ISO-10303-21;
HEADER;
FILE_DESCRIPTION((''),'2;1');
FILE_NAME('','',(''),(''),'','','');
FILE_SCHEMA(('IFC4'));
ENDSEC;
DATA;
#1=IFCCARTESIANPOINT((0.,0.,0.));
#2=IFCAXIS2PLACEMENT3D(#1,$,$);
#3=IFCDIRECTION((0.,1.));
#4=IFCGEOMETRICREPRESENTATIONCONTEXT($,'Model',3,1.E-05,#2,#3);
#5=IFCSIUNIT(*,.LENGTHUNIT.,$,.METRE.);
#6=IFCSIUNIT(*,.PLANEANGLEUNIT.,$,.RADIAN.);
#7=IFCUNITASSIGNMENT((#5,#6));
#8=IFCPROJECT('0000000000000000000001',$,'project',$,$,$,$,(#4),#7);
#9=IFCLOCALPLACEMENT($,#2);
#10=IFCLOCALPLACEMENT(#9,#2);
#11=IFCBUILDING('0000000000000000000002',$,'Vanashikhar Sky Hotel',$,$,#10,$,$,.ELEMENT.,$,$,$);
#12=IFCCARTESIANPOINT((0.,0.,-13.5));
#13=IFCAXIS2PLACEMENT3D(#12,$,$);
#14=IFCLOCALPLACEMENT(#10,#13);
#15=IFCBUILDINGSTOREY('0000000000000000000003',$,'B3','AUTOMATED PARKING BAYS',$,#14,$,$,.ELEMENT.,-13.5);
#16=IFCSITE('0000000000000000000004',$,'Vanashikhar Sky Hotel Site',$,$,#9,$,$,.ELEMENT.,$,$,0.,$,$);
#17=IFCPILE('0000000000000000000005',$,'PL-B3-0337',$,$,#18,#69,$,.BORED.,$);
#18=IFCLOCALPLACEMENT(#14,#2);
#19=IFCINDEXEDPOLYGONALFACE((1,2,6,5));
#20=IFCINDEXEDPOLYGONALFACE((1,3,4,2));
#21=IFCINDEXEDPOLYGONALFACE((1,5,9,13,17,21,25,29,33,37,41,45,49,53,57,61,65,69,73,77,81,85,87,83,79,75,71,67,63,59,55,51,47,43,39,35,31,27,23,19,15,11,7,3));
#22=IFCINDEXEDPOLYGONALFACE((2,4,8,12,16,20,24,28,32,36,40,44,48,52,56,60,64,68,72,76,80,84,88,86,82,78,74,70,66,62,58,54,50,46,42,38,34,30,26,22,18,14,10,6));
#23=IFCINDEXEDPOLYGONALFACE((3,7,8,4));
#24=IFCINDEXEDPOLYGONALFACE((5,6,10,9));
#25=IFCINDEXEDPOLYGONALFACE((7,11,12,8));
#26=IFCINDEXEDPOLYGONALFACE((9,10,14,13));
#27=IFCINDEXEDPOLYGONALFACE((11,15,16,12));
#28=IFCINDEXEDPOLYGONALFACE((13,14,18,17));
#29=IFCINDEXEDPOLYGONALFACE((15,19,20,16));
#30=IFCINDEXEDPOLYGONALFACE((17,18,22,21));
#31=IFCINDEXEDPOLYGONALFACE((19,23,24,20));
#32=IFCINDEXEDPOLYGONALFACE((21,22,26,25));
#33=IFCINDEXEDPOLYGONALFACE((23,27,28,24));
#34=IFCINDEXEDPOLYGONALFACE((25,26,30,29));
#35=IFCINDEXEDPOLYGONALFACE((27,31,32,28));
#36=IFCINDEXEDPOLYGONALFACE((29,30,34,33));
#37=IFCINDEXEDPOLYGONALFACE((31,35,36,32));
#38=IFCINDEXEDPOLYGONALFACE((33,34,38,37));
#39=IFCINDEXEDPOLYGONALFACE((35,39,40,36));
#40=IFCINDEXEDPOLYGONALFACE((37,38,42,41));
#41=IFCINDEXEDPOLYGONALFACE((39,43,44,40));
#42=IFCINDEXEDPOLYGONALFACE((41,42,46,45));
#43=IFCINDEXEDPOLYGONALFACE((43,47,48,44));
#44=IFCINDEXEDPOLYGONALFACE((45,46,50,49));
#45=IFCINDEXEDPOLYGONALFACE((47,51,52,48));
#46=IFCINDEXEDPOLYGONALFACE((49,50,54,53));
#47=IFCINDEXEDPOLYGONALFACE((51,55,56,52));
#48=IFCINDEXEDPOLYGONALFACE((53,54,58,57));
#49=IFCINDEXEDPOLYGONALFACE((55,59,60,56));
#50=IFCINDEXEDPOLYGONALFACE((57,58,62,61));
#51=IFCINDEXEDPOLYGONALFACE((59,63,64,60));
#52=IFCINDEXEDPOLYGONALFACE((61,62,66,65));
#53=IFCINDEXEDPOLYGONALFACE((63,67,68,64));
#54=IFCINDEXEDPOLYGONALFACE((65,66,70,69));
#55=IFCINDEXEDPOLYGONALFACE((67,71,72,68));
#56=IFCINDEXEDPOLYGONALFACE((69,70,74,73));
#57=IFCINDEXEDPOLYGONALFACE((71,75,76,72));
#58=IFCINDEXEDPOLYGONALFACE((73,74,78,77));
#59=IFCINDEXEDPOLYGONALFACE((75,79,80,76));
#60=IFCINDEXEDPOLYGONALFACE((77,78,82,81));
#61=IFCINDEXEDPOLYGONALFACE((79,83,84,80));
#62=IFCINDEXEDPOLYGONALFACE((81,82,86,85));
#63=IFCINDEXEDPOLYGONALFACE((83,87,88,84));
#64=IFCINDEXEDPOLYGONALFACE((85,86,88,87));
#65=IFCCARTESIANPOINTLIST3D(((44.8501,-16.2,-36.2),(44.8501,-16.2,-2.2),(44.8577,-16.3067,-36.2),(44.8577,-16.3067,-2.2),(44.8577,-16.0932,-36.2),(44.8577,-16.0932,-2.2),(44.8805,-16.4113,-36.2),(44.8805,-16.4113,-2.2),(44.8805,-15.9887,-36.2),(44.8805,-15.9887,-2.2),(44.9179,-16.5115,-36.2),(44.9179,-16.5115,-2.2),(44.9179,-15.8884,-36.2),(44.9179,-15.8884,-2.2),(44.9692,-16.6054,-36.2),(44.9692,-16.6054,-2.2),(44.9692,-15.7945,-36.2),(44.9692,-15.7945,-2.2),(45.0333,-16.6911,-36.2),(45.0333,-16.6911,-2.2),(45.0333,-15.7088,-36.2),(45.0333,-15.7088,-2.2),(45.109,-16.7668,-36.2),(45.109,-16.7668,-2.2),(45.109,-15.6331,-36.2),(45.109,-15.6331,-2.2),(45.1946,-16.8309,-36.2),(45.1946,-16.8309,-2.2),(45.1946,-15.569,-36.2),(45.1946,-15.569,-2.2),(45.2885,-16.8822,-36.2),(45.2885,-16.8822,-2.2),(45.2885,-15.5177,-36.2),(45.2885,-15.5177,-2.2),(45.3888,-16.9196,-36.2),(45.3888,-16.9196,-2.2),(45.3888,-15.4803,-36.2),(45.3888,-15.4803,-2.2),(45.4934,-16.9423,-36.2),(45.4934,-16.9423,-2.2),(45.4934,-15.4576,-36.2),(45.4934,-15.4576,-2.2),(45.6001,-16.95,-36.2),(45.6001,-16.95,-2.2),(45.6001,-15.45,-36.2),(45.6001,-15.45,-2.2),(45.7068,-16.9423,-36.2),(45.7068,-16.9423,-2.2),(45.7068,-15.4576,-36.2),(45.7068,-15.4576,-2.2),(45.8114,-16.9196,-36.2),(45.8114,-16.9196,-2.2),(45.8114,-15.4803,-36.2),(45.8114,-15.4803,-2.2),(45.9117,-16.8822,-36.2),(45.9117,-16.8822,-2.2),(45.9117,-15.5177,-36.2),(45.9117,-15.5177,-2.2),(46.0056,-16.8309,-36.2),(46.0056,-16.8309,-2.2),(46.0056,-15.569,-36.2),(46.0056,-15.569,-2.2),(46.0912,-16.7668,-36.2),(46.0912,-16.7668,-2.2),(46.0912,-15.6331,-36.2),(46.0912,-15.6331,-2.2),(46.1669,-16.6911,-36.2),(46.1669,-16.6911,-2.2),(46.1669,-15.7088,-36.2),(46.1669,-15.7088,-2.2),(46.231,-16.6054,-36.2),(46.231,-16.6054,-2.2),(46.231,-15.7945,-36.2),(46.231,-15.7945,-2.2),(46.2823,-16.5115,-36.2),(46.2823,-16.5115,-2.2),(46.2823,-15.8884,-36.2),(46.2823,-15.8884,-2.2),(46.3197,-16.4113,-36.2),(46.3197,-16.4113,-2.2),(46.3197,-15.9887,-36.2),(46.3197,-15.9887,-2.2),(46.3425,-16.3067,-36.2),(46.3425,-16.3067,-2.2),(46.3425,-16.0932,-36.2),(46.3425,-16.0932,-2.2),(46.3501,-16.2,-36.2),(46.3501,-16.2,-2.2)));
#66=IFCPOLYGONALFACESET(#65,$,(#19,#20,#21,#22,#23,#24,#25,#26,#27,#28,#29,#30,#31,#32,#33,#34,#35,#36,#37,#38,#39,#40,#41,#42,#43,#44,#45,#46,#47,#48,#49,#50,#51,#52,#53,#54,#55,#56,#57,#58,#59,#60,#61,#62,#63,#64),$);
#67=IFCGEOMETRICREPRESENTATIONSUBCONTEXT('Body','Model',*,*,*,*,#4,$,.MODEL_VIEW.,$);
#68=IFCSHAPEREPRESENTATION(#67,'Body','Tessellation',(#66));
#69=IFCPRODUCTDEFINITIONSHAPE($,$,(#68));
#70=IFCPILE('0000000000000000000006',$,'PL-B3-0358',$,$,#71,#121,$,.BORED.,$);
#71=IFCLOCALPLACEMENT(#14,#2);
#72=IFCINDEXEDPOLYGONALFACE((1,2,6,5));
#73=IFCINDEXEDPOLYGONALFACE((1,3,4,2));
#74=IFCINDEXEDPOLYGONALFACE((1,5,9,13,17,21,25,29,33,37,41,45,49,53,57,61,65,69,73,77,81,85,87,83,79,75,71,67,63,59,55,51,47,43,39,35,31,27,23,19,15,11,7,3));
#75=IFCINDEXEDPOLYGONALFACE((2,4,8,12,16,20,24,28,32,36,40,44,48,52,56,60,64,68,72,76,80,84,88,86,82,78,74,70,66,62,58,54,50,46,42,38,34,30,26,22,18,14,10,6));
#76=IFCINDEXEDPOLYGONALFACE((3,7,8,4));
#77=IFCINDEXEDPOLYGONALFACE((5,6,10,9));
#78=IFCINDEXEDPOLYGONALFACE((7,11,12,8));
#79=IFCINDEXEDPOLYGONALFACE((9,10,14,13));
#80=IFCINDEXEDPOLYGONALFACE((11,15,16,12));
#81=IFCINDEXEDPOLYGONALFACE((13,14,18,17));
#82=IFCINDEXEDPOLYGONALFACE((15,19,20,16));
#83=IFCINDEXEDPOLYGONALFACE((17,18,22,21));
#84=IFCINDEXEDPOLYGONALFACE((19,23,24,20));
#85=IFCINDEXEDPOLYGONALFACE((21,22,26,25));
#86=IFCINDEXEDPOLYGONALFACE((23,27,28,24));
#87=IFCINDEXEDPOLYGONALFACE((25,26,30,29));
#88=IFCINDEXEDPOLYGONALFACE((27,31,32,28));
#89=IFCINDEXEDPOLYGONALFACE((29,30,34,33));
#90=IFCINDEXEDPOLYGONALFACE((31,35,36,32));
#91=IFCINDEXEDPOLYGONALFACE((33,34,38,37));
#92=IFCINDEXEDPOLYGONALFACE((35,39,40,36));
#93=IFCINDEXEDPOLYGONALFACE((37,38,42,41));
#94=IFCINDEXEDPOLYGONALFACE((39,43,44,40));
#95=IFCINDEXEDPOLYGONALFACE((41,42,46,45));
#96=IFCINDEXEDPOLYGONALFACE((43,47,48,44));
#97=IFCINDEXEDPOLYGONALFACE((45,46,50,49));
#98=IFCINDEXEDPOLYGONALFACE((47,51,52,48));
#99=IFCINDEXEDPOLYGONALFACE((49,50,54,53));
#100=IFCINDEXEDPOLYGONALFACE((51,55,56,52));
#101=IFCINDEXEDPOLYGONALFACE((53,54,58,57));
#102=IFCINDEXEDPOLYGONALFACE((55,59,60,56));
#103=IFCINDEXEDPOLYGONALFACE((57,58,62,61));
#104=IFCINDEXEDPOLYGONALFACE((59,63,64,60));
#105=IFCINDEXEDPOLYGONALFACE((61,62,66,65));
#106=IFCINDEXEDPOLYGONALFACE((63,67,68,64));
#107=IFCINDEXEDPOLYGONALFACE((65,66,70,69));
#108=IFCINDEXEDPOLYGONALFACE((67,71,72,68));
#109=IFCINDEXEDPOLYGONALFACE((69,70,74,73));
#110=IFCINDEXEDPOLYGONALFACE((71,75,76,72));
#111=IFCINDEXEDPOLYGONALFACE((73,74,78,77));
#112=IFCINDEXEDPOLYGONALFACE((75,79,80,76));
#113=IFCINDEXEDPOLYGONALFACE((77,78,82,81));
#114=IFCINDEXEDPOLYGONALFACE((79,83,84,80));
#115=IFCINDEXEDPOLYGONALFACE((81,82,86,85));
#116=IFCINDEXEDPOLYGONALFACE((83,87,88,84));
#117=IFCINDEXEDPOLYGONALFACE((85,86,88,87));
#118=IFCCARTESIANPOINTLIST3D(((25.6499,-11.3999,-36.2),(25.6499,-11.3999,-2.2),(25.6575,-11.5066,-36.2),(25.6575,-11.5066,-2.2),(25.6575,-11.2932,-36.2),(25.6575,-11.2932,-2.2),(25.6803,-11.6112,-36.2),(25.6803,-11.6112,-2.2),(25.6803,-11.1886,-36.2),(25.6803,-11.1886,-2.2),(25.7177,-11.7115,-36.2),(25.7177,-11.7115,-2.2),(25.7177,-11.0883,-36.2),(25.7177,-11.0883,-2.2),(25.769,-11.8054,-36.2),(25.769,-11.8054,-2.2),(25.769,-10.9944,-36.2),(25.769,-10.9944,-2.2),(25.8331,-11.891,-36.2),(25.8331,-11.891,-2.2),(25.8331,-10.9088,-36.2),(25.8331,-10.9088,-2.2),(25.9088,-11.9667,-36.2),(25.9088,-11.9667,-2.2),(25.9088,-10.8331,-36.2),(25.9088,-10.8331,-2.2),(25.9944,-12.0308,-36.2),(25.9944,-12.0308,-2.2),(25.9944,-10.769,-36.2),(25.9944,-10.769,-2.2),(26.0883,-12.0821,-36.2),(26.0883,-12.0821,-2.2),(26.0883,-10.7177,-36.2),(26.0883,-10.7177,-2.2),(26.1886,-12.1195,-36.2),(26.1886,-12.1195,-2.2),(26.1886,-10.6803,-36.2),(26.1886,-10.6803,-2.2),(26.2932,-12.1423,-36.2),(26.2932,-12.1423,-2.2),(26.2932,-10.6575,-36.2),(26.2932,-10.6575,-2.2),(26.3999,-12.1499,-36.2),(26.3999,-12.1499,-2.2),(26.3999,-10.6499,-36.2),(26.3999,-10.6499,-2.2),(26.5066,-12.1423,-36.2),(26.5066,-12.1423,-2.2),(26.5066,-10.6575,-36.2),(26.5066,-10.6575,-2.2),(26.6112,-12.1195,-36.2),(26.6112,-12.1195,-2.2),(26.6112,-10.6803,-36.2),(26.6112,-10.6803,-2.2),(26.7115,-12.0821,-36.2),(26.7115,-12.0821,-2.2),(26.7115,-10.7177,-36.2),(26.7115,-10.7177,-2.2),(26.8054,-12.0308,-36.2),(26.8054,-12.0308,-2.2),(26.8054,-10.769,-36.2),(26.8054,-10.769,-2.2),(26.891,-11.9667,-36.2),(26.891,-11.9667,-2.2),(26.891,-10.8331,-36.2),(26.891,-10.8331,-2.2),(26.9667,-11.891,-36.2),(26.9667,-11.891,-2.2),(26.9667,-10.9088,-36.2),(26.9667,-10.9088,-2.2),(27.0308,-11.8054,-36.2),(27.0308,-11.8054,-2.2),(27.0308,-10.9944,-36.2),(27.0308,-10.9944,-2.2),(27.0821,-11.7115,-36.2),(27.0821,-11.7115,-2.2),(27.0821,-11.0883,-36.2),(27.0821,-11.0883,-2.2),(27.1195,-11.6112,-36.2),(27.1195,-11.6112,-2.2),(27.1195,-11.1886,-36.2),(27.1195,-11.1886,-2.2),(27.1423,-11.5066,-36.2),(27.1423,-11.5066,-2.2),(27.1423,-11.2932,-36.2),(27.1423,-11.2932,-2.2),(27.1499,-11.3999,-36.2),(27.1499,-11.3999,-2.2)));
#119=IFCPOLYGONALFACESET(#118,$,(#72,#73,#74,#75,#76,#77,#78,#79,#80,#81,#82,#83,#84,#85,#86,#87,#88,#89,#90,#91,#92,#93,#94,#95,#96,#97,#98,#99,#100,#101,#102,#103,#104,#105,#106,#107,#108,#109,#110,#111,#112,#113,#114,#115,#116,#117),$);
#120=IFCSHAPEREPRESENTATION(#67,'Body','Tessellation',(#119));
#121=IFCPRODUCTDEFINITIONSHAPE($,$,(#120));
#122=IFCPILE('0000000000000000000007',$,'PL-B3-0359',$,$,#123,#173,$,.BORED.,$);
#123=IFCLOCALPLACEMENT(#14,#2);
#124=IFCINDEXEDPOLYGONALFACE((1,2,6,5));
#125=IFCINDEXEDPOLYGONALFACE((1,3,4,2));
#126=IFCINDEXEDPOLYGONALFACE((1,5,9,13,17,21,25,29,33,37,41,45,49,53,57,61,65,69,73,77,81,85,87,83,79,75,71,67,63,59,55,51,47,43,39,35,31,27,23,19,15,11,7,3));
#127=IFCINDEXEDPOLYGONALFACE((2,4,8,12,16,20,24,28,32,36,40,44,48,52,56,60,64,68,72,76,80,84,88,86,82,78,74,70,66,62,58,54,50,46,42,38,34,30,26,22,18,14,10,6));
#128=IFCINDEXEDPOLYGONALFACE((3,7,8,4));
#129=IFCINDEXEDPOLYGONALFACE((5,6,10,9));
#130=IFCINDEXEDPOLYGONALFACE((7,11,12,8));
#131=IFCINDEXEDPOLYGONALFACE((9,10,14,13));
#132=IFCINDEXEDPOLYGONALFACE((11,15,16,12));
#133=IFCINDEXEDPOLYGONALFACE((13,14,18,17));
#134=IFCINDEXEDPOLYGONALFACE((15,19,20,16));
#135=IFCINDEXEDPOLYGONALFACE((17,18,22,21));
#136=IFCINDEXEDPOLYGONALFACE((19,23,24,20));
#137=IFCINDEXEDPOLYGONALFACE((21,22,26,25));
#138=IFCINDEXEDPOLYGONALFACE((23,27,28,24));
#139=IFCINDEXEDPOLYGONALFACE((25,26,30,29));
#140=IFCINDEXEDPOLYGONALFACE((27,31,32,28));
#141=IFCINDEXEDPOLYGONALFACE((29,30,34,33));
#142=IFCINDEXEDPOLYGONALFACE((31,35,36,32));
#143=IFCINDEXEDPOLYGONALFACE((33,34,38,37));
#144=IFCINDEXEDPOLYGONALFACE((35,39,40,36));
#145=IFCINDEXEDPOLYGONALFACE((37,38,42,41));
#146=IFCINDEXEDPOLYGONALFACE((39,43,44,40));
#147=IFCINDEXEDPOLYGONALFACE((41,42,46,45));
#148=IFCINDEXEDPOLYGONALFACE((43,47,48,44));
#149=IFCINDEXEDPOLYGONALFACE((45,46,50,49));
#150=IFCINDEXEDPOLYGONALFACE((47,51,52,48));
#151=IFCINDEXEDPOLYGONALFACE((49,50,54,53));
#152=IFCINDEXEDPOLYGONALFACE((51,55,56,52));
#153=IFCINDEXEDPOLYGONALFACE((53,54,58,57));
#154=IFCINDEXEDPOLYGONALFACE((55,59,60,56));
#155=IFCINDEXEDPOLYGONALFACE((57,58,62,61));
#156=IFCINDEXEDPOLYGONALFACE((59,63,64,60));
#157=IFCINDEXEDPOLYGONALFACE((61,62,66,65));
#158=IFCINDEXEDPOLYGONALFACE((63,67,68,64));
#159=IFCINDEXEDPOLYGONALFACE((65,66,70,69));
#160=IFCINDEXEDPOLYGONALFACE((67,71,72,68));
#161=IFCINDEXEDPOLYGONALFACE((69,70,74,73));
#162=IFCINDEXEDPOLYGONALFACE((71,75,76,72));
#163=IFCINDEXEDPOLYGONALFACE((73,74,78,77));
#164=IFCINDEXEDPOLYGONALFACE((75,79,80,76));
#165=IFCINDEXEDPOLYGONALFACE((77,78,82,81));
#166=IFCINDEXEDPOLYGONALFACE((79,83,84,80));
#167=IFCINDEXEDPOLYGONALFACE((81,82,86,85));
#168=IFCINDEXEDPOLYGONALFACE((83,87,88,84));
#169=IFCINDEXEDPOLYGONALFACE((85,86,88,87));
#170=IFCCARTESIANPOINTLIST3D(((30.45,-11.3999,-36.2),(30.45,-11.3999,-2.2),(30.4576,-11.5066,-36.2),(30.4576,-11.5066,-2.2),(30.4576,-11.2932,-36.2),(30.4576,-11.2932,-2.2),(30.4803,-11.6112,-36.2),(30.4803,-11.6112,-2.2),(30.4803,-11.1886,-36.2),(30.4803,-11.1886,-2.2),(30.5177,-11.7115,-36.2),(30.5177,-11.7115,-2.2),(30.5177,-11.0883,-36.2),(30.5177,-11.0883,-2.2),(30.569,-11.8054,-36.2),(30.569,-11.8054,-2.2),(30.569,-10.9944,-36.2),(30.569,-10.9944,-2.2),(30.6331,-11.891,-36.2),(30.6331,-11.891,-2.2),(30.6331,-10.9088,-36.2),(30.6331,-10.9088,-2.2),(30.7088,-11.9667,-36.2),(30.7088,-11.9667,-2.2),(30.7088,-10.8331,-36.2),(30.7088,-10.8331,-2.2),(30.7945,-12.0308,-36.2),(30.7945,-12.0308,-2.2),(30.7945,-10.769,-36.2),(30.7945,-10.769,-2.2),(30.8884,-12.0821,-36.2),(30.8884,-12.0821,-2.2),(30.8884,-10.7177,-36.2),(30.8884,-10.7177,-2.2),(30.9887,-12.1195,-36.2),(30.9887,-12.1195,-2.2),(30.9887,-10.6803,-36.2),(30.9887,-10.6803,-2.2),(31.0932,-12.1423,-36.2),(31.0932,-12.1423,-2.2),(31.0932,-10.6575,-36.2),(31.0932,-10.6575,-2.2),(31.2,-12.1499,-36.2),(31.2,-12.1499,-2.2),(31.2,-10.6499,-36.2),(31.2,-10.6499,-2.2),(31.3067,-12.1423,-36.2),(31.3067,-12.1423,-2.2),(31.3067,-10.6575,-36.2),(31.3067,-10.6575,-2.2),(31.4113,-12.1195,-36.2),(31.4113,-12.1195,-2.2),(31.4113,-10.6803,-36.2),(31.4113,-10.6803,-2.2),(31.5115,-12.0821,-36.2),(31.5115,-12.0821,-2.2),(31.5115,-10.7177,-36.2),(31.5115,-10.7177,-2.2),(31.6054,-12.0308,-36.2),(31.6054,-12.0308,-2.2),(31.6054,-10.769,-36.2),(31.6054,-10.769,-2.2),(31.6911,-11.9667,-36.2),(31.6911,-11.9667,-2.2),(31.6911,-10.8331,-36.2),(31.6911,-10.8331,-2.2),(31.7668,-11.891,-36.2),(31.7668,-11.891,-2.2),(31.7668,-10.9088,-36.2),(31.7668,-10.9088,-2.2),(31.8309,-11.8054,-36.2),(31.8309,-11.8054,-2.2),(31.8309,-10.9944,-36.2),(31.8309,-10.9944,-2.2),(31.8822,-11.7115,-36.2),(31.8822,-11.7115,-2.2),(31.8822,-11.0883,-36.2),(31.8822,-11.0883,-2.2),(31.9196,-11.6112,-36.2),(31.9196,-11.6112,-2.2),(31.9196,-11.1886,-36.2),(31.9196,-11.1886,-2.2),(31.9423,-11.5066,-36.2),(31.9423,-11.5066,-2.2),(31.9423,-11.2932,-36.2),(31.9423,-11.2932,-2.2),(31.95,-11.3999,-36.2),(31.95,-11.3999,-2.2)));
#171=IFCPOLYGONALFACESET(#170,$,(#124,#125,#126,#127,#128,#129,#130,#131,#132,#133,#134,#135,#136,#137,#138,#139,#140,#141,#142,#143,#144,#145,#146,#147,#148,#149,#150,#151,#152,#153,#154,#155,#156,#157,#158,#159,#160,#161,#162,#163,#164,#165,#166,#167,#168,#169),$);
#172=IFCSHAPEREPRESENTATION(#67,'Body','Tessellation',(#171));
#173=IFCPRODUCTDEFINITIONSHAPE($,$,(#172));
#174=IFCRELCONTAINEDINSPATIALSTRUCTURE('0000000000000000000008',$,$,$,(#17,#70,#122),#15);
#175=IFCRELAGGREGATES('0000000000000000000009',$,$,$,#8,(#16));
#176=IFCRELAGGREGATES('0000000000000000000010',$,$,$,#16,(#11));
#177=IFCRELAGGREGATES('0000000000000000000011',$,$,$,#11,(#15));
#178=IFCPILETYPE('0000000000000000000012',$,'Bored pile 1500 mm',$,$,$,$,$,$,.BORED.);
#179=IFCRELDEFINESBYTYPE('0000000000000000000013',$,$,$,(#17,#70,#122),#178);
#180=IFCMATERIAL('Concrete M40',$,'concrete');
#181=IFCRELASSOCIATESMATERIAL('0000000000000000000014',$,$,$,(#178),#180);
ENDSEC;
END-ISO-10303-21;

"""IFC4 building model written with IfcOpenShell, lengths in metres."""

from ifc_helpers import new_model, si_unit, direction, frame, origin, origin_2d, place, context, subcontext, project, spatial, circle, extrude, source, transform, mapped, material, type_object, element, save


model = new_model("IFC4")

# Units and contexts
model_context = context("Model", 3, precision=1e-05, world=origin(), true_north=direction((0.0, 1.0)))
body_context = subcontext(model_context, "Body", "Model", "MODEL_VIEW")
ifc_project = project(units=[si_unit("LENGTHUNIT", "METRE"), si_unit("PLANEANGLEUNIT", "RADIAN")], contexts=[model_context])

# Site, building, storey
site_placement = place(None, origin())
site = spatial("IfcSite", under=ifc_project, at=site_placement, Name="Vanashikhar Sky Hotel Site", CompositionType="ELEMENT", RefElevation=0.0)
building_placement = place(site_placement, origin())
building = spatial("IfcBuilding", under=site, at=building_placement, Name="Vanashikhar Sky Hotel", CompositionType="ELEMENT")
storey_placement = place(building_placement, frame((0.0, 0.0, -13.5)))
storey = spatial("IfcBuildingStorey", under=building, at=storey_placement, Name="B3", Description="AUTOMATED PARKING BAYS", CompositionType="ELEMENT", Elevation=-13.5)

# Piles
ifc_material_1 = material(Name="Concrete M40", Category="concrete")
pile_type_1 = type_object("IfcPileType", Name="Bored pile 1500 mm", PredefinedType="BORED", material=ifc_material_1)
shared_shape_1 = source(origin(), body_context, "Body", "SweptSolid", [
    extrude(circle(Radius=0.75, at=origin_2d()), origin(), (0.0, 0.0, 1.0), 34.0),
])
for number, where, z_axis, x_axis, name in (
    (1, (45.6001, -16.2, -2.2), (0.0, 0.0, -1.0), (1.0, 0.0, 0.0), "PL-B3-0337"),
    (2, (26.3999, -11.3999, -2.2), (0.0, 0.0, -1.0), (1.0, 0.0, 0.0), "PL-B3-0358"),
    (3, (31.2, -11.3999, -2.2), (0.0, 0.0, -1.0), (1.0, 0.0, 0.0), "PL-B3-0359"),
):
    element("IfcPile", number, at=place(storey_placement, frame(where, z_axis=z_axis, x_axis=x_axis)), inside=storey, type_object=pile_type_1, Name=name, PredefinedType="BORED", context=body_context, shape_type="MappedRepresentation", body=[
        mapped(shared_shape_1, transform((0.0, 0.0, 0.0), scale=1.0)),
    ])

save(model, "model.ifc")
